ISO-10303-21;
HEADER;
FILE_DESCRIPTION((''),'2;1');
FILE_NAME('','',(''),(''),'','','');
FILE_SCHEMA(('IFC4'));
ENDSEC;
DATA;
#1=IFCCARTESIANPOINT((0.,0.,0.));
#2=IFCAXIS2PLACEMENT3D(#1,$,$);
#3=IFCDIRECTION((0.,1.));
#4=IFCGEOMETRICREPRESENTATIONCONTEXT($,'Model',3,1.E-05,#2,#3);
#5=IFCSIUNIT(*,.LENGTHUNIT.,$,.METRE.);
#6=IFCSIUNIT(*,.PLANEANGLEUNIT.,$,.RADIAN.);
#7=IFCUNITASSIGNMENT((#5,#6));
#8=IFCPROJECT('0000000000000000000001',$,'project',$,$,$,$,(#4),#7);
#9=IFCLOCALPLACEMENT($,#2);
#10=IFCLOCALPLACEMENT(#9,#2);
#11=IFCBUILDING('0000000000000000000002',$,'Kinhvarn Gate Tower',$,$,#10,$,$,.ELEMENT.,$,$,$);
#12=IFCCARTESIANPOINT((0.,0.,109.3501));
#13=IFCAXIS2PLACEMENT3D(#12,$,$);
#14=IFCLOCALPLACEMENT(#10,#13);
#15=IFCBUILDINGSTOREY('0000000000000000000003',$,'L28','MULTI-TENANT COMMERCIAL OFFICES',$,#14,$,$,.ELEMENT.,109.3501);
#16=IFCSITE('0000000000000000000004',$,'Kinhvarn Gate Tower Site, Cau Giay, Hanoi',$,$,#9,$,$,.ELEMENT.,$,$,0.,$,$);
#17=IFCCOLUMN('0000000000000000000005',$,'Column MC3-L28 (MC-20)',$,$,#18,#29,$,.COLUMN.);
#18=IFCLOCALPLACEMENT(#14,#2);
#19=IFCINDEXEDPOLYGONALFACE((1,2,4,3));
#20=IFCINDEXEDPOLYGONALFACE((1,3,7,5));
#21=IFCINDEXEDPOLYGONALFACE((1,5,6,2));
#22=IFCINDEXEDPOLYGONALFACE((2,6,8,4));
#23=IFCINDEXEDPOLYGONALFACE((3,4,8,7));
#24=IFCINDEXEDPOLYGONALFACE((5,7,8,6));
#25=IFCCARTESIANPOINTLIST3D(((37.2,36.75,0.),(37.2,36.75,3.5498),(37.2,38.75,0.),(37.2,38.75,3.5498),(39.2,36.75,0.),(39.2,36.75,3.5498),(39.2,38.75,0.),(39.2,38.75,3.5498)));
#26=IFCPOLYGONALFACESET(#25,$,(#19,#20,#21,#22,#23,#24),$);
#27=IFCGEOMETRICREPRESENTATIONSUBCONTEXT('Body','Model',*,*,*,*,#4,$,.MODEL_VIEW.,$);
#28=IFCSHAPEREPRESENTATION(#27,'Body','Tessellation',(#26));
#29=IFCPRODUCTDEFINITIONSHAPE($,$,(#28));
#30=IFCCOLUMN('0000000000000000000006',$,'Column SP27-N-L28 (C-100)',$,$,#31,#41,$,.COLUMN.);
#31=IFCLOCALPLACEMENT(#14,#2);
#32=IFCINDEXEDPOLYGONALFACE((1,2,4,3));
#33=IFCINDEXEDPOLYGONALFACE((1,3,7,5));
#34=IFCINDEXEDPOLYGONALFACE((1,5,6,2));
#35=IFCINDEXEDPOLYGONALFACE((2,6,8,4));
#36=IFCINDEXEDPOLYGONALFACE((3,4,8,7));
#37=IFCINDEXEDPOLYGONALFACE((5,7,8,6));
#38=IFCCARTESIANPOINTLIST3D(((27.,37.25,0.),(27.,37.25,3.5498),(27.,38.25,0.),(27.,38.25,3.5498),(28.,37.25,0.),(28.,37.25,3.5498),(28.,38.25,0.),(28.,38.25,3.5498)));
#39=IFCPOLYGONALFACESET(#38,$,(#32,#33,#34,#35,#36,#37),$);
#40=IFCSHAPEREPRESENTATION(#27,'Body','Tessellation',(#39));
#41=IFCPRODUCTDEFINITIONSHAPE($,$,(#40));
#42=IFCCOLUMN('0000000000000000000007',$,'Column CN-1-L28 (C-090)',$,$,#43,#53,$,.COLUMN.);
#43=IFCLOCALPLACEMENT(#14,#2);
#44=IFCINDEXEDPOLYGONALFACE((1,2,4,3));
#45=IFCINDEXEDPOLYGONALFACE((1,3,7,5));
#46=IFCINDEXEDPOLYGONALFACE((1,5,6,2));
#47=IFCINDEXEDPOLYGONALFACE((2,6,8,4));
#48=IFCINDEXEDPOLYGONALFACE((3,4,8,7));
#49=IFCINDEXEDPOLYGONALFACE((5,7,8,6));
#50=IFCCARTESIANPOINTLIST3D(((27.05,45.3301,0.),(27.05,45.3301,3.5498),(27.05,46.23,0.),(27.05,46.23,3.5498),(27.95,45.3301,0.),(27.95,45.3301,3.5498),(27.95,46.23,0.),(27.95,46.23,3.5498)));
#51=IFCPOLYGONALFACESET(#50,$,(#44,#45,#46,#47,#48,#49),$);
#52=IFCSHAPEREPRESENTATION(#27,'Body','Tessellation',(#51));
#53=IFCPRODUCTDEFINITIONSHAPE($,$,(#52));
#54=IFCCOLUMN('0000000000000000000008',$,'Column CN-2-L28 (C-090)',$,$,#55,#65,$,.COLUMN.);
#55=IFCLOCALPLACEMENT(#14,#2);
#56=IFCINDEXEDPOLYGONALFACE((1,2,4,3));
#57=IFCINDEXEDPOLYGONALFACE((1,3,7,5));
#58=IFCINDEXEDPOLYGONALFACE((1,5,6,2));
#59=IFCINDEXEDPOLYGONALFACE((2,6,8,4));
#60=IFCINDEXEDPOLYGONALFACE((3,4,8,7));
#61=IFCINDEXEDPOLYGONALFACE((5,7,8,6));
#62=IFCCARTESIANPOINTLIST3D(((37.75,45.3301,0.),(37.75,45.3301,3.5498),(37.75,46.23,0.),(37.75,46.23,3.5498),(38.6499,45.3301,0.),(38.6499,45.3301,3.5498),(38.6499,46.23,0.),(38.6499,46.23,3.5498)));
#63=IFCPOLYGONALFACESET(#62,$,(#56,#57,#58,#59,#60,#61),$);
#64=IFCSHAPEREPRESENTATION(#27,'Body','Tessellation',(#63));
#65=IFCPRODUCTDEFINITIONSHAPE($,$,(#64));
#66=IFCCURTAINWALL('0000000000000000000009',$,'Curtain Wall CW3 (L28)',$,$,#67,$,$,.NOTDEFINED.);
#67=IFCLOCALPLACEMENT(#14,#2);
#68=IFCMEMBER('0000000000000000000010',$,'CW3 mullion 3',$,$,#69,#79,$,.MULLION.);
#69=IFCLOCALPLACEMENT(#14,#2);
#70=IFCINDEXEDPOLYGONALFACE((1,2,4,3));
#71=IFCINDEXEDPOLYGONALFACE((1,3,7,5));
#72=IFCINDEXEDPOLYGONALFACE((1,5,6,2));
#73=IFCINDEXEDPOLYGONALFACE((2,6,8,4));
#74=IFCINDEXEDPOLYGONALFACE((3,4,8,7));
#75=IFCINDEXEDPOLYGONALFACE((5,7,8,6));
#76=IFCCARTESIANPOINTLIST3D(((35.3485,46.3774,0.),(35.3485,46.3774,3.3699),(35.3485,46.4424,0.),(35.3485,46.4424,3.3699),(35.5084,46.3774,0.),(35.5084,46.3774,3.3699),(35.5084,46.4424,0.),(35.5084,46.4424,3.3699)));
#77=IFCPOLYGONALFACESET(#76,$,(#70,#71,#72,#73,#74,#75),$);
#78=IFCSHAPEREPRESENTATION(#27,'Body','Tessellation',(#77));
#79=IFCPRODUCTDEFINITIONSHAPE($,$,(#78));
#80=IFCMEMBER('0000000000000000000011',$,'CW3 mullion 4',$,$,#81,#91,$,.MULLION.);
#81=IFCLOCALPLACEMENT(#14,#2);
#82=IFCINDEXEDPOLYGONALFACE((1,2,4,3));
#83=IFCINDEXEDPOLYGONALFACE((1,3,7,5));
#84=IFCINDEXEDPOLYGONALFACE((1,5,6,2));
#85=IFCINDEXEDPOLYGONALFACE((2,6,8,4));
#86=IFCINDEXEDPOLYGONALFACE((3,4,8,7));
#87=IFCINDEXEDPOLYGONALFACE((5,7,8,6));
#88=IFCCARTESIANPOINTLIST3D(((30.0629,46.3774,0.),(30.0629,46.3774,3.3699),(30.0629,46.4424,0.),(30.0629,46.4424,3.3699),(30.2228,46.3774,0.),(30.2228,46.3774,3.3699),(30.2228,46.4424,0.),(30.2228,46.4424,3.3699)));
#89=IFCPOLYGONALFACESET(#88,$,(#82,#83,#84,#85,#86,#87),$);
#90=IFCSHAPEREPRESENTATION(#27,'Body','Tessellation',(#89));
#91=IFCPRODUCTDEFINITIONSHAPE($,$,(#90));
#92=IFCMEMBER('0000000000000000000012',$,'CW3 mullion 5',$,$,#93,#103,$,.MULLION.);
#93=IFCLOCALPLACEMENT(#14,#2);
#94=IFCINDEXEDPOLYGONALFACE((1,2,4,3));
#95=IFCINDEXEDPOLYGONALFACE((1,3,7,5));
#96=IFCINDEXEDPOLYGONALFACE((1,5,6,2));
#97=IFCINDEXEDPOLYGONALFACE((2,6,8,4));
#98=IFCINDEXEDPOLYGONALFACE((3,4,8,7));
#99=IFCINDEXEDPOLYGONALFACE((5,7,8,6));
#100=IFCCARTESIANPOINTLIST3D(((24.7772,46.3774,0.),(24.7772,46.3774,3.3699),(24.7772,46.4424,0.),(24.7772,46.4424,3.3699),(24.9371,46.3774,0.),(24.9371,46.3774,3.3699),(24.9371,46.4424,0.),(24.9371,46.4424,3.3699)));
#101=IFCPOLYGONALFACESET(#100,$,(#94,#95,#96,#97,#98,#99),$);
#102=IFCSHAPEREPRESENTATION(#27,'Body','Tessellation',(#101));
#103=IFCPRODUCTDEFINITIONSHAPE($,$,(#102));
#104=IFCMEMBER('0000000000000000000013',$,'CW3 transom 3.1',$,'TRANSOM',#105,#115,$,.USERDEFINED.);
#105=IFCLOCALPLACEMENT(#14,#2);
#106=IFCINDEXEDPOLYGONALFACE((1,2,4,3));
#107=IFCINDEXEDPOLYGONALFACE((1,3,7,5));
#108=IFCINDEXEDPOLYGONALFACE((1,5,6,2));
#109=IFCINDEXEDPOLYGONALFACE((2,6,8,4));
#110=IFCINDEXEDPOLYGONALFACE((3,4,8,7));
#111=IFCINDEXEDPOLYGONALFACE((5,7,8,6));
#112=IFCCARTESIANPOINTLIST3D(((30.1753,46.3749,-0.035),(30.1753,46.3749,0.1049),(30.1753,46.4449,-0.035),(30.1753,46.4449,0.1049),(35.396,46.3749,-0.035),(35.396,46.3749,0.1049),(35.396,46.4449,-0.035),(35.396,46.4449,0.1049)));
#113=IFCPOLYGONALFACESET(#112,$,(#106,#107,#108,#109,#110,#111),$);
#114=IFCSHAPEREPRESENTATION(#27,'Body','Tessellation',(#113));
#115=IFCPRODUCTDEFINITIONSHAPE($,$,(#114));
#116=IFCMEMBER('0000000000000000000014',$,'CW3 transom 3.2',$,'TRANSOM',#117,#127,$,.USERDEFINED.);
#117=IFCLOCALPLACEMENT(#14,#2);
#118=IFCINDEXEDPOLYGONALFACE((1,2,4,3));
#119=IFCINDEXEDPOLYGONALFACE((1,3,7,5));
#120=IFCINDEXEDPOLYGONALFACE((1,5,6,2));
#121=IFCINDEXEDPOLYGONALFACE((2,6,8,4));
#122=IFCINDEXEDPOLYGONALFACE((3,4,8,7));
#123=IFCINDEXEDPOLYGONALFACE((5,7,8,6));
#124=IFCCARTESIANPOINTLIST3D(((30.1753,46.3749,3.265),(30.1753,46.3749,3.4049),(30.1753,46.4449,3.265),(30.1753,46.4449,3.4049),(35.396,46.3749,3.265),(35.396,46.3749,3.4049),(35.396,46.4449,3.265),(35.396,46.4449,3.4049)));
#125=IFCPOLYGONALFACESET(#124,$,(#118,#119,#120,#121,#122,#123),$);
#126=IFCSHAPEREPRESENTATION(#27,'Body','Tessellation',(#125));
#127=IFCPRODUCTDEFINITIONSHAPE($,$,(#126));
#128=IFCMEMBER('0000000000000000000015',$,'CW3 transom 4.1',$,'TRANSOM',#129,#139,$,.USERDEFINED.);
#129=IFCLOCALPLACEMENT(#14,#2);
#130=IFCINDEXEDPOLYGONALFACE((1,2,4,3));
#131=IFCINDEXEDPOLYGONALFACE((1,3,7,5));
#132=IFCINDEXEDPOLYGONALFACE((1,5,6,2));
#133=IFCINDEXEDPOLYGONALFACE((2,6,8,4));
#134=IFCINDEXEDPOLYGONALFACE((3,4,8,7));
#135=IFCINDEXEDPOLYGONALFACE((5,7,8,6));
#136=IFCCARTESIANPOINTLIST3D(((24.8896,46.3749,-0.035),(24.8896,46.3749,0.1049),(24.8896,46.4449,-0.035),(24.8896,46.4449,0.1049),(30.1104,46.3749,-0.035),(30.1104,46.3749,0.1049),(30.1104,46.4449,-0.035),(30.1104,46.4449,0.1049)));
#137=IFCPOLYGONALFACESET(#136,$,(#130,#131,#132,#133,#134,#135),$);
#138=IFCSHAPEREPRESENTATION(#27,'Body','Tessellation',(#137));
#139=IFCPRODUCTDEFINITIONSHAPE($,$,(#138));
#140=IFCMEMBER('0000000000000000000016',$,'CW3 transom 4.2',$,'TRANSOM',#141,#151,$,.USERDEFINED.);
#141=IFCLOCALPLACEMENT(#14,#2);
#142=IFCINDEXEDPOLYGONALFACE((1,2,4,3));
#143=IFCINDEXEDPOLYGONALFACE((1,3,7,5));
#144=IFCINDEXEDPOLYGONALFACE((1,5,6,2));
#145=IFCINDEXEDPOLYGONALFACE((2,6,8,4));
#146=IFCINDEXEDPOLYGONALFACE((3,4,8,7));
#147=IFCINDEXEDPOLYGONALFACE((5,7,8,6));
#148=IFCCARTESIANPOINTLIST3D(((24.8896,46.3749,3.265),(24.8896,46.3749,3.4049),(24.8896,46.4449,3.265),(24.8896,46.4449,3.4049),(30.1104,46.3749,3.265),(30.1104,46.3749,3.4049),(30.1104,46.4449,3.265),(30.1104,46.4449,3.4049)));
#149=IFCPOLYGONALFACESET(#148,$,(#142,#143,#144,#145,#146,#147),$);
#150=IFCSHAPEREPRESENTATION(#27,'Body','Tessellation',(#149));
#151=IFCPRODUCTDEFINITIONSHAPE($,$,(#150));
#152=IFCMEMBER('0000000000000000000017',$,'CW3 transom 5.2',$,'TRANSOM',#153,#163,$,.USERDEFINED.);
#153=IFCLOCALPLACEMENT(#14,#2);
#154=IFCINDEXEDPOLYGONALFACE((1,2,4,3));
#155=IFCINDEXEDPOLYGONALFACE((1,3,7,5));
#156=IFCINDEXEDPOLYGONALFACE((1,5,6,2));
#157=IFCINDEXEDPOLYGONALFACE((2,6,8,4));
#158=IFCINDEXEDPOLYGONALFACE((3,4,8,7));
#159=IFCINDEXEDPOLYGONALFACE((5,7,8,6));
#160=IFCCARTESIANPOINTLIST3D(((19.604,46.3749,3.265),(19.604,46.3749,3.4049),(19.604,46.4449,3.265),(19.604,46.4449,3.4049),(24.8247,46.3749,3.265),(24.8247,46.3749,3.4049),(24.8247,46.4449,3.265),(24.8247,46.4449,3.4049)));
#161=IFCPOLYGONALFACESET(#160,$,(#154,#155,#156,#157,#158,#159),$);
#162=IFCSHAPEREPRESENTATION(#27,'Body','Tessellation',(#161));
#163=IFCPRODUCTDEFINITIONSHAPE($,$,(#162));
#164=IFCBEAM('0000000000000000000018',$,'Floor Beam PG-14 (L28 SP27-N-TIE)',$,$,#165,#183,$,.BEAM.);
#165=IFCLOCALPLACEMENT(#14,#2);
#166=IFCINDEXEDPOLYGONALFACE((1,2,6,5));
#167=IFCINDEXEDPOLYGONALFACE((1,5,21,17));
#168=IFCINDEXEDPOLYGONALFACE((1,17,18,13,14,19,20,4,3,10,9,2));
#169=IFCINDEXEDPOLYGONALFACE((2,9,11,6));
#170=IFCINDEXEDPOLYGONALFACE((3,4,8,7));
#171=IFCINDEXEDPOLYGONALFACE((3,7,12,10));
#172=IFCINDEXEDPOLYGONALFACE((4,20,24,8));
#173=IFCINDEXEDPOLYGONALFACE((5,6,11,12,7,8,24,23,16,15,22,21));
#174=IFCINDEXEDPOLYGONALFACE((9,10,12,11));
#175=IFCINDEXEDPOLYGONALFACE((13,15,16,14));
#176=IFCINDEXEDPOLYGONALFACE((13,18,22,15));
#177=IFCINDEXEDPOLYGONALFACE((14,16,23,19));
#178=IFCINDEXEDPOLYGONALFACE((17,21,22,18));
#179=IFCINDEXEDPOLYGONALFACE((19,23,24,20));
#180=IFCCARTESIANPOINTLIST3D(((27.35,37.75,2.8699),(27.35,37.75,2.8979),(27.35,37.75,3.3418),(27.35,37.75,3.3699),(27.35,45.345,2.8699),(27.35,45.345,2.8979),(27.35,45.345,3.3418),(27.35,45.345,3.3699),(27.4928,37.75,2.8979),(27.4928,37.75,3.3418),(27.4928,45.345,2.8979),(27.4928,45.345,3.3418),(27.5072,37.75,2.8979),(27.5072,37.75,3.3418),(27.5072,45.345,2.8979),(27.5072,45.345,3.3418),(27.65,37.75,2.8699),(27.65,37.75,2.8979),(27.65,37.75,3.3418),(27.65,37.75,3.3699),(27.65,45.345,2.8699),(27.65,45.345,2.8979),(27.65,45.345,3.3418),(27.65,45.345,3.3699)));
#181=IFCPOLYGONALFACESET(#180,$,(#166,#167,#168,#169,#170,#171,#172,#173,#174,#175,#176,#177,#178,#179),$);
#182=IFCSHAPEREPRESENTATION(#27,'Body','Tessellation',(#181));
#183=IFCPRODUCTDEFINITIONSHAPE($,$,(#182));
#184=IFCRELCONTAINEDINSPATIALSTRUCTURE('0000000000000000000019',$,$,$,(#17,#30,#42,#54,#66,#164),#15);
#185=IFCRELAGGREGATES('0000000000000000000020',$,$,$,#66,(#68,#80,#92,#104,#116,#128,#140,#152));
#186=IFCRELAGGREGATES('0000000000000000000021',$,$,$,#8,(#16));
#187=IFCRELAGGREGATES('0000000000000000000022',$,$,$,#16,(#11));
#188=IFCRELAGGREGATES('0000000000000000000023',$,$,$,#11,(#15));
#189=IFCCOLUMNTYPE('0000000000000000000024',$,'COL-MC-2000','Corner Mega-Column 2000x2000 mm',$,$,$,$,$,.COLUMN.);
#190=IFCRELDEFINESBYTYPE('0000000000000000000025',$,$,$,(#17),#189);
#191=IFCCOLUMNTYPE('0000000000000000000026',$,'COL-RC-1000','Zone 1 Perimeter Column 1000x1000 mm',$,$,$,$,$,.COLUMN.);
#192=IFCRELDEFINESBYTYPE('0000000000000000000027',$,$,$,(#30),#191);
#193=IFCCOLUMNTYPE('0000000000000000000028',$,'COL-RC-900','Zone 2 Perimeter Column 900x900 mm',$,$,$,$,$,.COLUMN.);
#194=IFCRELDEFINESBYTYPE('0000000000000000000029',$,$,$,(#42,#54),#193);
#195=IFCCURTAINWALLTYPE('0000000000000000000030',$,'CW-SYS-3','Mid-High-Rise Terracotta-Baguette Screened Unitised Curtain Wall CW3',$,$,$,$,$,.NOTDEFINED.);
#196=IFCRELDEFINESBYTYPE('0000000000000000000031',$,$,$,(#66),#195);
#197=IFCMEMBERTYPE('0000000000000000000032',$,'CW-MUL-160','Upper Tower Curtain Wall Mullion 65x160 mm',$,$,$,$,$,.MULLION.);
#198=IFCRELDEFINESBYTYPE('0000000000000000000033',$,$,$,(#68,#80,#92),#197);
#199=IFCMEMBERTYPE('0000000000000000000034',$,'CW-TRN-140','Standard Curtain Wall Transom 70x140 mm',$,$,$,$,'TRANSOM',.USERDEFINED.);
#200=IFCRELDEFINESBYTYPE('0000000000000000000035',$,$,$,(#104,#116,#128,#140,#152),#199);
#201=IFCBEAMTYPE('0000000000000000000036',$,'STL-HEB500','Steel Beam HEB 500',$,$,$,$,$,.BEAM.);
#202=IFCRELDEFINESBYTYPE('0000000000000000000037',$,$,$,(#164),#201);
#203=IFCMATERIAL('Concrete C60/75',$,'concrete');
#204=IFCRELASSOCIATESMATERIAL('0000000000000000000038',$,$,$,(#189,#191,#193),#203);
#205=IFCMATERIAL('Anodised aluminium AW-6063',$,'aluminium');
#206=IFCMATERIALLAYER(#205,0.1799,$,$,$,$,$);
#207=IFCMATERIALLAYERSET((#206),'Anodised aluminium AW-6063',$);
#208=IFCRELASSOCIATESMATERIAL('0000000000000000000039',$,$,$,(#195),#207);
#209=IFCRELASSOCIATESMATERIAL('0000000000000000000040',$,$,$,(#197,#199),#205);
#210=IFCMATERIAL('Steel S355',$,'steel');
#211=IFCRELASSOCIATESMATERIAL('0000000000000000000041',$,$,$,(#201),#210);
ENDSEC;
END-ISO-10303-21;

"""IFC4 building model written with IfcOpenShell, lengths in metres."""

from ifc_helpers import new_model, si_unit, direction, frame, origin, origin_2d, place, context, subcontext, project, spatial, rectangle, i_section, extrude, material, layer, layer_set, material_profile, profile_set, type_object, element, aggregate, save


model = new_model("IFC4")

# Units and contexts
model_context = context("Model", 3, precision=1e-05, world=origin(), true_north=direction((0.0, 1.0)))
body_context = subcontext(model_context, "Body", "Model", "MODEL_VIEW")
ifc_project = project(units=[si_unit("LENGTHUNIT", "METRE"), si_unit("PLANEANGLEUNIT", "RADIAN")], contexts=[model_context])

# Site, building, storey
site_placement = place(None, origin())
site = spatial("IfcSite", under=ifc_project, at=site_placement, Name="Kinhvarn Gate Tower Site, Cau Giay, Hanoi", CompositionType="ELEMENT", RefElevation=0.0)
building_placement = place(site_placement, origin())
building = spatial("IfcBuilding", under=site, at=building_placement, Name="Kinhvarn Gate Tower", CompositionType="ELEMENT")
storey_placement = place(building_placement, frame((0.0, 0.0, 109.3501)))
storey = spatial("IfcBuildingStorey", under=building, at=storey_placement, Name="L28", Description="MULTI-TENANT COMMERCIAL OFFICES", CompositionType="ELEMENT", Elevation=109.3501)

# Columns
ifc_material_1 = material(Name="Concrete C60/75", Category="concrete")
ifc_material_profile_1 = material_profile(ifc_material_1, rectangle(XDim=2.0, YDim=2.0, at=origin_2d()), Name="RC 2000x2000")
ifc_profile_set_1 = profile_set([ifc_material_profile_1], Name="Concrete C60/75")
column_type_1 = type_object("IfcColumnType", Name="COL-MC-2000", Description="Corner Mega-Column 2000x2000 mm", PredefinedType="COLUMN", material=ifc_profile_set_1)
column_1_placement = place(storey_placement, frame((38.2, 37.75, 0.0), z_axis=(0.0, 0.0, 1.0), x_axis=(1.0, 0.0, 0.0)))
element("IfcColumn", 1, at=column_1_placement, inside=storey, type_object=column_type_1, Name="Column MC3-L28 (MC-20)", PredefinedType="COLUMN", context=body_context, shape_type="SweptSolid", body=[
    extrude(rectangle(XDim=2.0, YDim=2.0, at=origin_2d()), origin(), (0.0, 0.0, 1.0), 3.5498),
])
ifc_material_profile_2 = material_profile(ifc_material_1, rectangle(XDim=1.0, YDim=1.0, at=origin_2d()), Name="RC 1000x1000")
ifc_profile_set_2 = profile_set([ifc_material_profile_2], Name="Concrete C60/75")
column_type_2 = type_object("IfcColumnType", Name="COL-RC-1000", Description="Zone 1 Perimeter Column 1000x1000 mm", PredefinedType="COLUMN", material=ifc_profile_set_2)
column_2_placement = place(storey_placement, frame((27.5, 37.75, 0.0), z_axis=(0.0, 0.0, 1.0), x_axis=(1.0, 0.0, 0.0)))
element("IfcColumn", 2, at=column_2_placement, inside=storey, type_object=column_type_2, Name="Column SP27-N-L28 (C-100)", PredefinedType="COLUMN", context=body_context, shape_type="SweptSolid", body=[
    extrude(rectangle(XDim=1.0, YDim=1.0, at=origin_2d()), origin(), (0.0, 0.0, 1.0), 3.5498),
])
ifc_material_profile_3 = material_profile(ifc_material_1, rectangle(XDim=0.8999, YDim=0.8999, at=origin_2d()), Name="RC 900x900")
ifc_profile_set_3 = profile_set([ifc_material_profile_3], Name="Concrete C60/75")
column_type_3 = type_object("IfcColumnType", Name="COL-RC-900", Description="Zone 2 Perimeter Column 900x900 mm", PredefinedType="COLUMN", material=ifc_profile_set_3)
for number, where, z_axis, x_axis, name in (
    (3, (27.5, 45.78, 0.0), (0.0, 0.0, 1.0), (1.0, 0.0, 0.0), "Column CN-1-L28 (C-090)"),
    (4, (38.2, 45.78, 0.0), (0.0, 0.0, 1.0), (1.0, 0.0, 0.0), "Column CN-2-L28 (C-090)"),
):
    element("IfcColumn", number, at=place(storey_placement, frame(where, z_axis=z_axis, x_axis=x_axis)), inside=storey, type_object=column_type_3, Name=name, PredefinedType="COLUMN", context=body_context, shape_type="SweptSolid", body=[
        extrude(rectangle(XDim=0.8999, YDim=0.8999, at=origin_2d()), origin(), (0.0, 0.0, 1.0), 3.5498),
    ])

# Curtain wall, members
ifc_material_2 = material(Name="Anodised aluminium AW-6063", Category="aluminium")
ifc_layer_1 = layer(ifc_material_2, 0.1799)
ifc_layer_set_1 = layer_set([ifc_layer_1], Name="Anodised aluminium AW-6063")
curtain_wall_type = type_object("IfcCurtainWallType", Name="CW-SYS-3", Description="Mid-High-Rise Terracotta-Baguette Screened Unitised Curtain Wall CW3", PredefinedType="NOTDEFINED", material=ifc_layer_set_1)
curtain_wall_placement = place(storey_placement, origin())
curtain_wall = element("IfcCurtainWall", 5, at=curtain_wall_placement, inside=storey, type_object=curtain_wall_type, Name="Curtain Wall CW3 (L28)", PredefinedType="NOTDEFINED")
ifc_material_profile_4 = material_profile(ifc_material_2, rectangle(XDim=0.0649, YDim=0.1599, at=origin_2d()), Name="ALU 65x160")
ifc_profile_set_4 = profile_set([ifc_material_profile_4], Name="Anodised aluminium AW-6063")
member_type_1 = type_object("IfcMemberType", Name="CW-MUL-160", Description="Upper Tower Curtain Wall Mullion 65x160 mm", PredefinedType="MULLION", material=ifc_profile_set_4)
member_1_placement = place(storey_placement, frame((35.4285, 46.4099, 0.0), z_axis=(0.0, 0.0, 1.0), x_axis=(0.0, -1.0, 0.0)))
member_1 = element("IfcMember", 6, at=member_1_placement, type_object=member_type_1, Name="CW3 mullion 3", PredefinedType="MULLION", context=body_context, shape_type="SweptSolid", body=[
    extrude(rectangle(XDim=0.0649, YDim=0.1599, at=origin_2d()), origin(), (0.0, 0.0, 1.0), 3.3699),
])
member_2_placement = place(storey_placement, frame((30.1428, 46.4099, 0.0), z_axis=(0.0, 0.0, 1.0), x_axis=(0.0, -1.0, 0.0)))
member_2 = element("IfcMember", 7, at=member_2_placement, type_object=member_type_1, Name="CW3 mullion 4", PredefinedType="MULLION", context=body_context, shape_type="SweptSolid", body=[
    extrude(rectangle(XDim=0.0649, YDim=0.1599, at=origin_2d()), origin(), (0.0, 0.0, 1.0), 3.3699),
])
member_3_placement = place(storey_placement, frame((24.8572, 46.4099, 0.0), z_axis=(0.0, 0.0, 1.0), x_axis=(0.0, -1.0, 0.0)))
member_3 = element("IfcMember", 8, at=member_3_placement, type_object=member_type_1, Name="CW3 mullion 5", PredefinedType="MULLION", context=body_context, shape_type="SweptSolid", body=[
    extrude(rectangle(XDim=0.0649, YDim=0.1599, at=origin_2d()), origin(), (0.0, 0.0, 1.0), 3.3699),
])
ifc_material_profile_5 = material_profile(ifc_material_2, rectangle(XDim=0.0701, YDim=0.1399, at=origin_2d()), Name="ALU 70x140")
ifc_profile_set_5 = profile_set([ifc_material_profile_5], Name="Anodised aluminium AW-6063")
member_type_2 = type_object("IfcMemberType", Name="CW-TRN-140", Description="Standard Curtain Wall Transom 70x140 mm", ElementType="TRANSOM", PredefinedType="USERDEFINED", material=ifc_profile_set_5)
member_4_placement = place(storey_placement, frame((35.396, 46.4099, 0.0349), z_axis=(-1.0, 0.0, 0.0), x_axis=(0.0, -1.0, 0.0)))
member_4 = element("IfcMember", 9, at=member_4_placement, type_object=member_type_2, Name="CW3 transom 3.1", ObjectType="TRANSOM", PredefinedType="USERDEFINED", context=body_context, shape_type="SweptSolid", body=[
    extrude(rectangle(XDim=0.0701, YDim=0.1399, at=origin_2d()), origin(), (0.0, 0.0, 1.0), 5.2207),
])
member_5_placement = place(storey_placement, frame((35.396, 46.4099, 3.335), z_axis=(-1.0, 0.0, 0.0), x_axis=(0.0, -1.0, 0.0)))
member_5 = element("IfcMember", 10, at=member_5_placement, type_object=member_type_2, Name="CW3 transom 3.2", ObjectType="TRANSOM", PredefinedType="USERDEFINED", context=body_context, shape_type="SweptSolid", body=[
    extrude(rectangle(XDim=0.0701, YDim=0.1399, at=origin_2d()), origin(), (0.0, 0.0, 1.0), 5.2207),
])
member_6_placement = place(storey_placement, frame((30.1104, 46.4099, 0.0349), z_axis=(-1.0, 0.0, 0.0), x_axis=(0.0, -1.0, 0.0)))
member_6 = element("IfcMember", 11, at=member_6_placement, type_object=member_type_2, Name="CW3 transom 4.1", ObjectType="TRANSOM", PredefinedType="USERDEFINED", context=body_context, shape_type="SweptSolid", body=[
    extrude(rectangle(XDim=0.0701, YDim=0.1399, at=origin_2d()), origin(), (0.0, 0.0, 1.0), 5.2207),
])
member_7_placement = place(storey_placement, frame((30.1104, 46.4099, 3.335), z_axis=(-1.0, 0.0, 0.0), x_axis=(0.0, -1.0, 0.0)))
member_7 = element("IfcMember", 12, at=member_7_placement, type_object=member_type_2, Name="CW3 transom 4.2", ObjectType="TRANSOM", PredefinedType="USERDEFINED", context=body_context, shape_type="SweptSolid", body=[
    extrude(rectangle(XDim=0.0701, YDim=0.1399, at=origin_2d()), origin(), (0.0, 0.0, 1.0), 5.2207),
])
member_8_placement = place(storey_placement, frame((24.8247, 46.4099, 3.335), z_axis=(-1.0, 0.0, 0.0), x_axis=(0.0, -1.0, 0.0)))
member_8 = element("IfcMember", 13, at=member_8_placement, type_object=member_type_2, Name="CW3 transom 5.2", ObjectType="TRANSOM", PredefinedType="USERDEFINED", context=body_context, shape_type="SweptSolid", body=[
    extrude(rectangle(XDim=0.0701, YDim=0.1399, at=origin_2d()), origin(), (0.0, 0.0, 1.0), 5.2207),
])

# Beam
ifc_material_3 = material(Name="Steel S355", Category="steel")
ifc_material_profile_6 = material_profile(ifc_material_3, i_section(OverallWidth=0.3, OverallDepth=0.5, WebThickness=0.0144, FlangeThickness=0.0281, at=origin_2d()), Name="HEB 500")
ifc_profile_set_6 = profile_set([ifc_material_profile_6], Name="Steel S355")
beam_type_1 = type_object("IfcBeamType", Name="STL-HEB500", Description="Steel Beam HEB 500", PredefinedType="BEAM", material=ifc_profile_set_6)
for number, where, z_axis, x_axis, name in (
    (14, (27.5, 37.75, 3.1199), (0.0, 1.0, 0.0), (-1.0, 0.0, 0.0), "Floor Beam PG-14 (L28 SP27-N-TIE)"),
):
    element("IfcBeam", number, at=place(storey_placement, frame(where, z_axis=z_axis, x_axis=x_axis)), inside=storey, type_object=beam_type_1, Name=name, PredefinedType="BEAM", context=body_context, shape_type="SweptSolid", body=[
        extrude(i_section(OverallWidth=0.3, OverallDepth=0.5, WebThickness=0.0144, FlangeThickness=0.0281, at=origin_2d()), origin(), (0.0, 0.0, 1.0), 7.595),
    ])

aggregate(curtain_wall, [member_1, member_2, member_3, member_4, member_5, member_6, member_7, member_8])

save(model, "model.ifc")
